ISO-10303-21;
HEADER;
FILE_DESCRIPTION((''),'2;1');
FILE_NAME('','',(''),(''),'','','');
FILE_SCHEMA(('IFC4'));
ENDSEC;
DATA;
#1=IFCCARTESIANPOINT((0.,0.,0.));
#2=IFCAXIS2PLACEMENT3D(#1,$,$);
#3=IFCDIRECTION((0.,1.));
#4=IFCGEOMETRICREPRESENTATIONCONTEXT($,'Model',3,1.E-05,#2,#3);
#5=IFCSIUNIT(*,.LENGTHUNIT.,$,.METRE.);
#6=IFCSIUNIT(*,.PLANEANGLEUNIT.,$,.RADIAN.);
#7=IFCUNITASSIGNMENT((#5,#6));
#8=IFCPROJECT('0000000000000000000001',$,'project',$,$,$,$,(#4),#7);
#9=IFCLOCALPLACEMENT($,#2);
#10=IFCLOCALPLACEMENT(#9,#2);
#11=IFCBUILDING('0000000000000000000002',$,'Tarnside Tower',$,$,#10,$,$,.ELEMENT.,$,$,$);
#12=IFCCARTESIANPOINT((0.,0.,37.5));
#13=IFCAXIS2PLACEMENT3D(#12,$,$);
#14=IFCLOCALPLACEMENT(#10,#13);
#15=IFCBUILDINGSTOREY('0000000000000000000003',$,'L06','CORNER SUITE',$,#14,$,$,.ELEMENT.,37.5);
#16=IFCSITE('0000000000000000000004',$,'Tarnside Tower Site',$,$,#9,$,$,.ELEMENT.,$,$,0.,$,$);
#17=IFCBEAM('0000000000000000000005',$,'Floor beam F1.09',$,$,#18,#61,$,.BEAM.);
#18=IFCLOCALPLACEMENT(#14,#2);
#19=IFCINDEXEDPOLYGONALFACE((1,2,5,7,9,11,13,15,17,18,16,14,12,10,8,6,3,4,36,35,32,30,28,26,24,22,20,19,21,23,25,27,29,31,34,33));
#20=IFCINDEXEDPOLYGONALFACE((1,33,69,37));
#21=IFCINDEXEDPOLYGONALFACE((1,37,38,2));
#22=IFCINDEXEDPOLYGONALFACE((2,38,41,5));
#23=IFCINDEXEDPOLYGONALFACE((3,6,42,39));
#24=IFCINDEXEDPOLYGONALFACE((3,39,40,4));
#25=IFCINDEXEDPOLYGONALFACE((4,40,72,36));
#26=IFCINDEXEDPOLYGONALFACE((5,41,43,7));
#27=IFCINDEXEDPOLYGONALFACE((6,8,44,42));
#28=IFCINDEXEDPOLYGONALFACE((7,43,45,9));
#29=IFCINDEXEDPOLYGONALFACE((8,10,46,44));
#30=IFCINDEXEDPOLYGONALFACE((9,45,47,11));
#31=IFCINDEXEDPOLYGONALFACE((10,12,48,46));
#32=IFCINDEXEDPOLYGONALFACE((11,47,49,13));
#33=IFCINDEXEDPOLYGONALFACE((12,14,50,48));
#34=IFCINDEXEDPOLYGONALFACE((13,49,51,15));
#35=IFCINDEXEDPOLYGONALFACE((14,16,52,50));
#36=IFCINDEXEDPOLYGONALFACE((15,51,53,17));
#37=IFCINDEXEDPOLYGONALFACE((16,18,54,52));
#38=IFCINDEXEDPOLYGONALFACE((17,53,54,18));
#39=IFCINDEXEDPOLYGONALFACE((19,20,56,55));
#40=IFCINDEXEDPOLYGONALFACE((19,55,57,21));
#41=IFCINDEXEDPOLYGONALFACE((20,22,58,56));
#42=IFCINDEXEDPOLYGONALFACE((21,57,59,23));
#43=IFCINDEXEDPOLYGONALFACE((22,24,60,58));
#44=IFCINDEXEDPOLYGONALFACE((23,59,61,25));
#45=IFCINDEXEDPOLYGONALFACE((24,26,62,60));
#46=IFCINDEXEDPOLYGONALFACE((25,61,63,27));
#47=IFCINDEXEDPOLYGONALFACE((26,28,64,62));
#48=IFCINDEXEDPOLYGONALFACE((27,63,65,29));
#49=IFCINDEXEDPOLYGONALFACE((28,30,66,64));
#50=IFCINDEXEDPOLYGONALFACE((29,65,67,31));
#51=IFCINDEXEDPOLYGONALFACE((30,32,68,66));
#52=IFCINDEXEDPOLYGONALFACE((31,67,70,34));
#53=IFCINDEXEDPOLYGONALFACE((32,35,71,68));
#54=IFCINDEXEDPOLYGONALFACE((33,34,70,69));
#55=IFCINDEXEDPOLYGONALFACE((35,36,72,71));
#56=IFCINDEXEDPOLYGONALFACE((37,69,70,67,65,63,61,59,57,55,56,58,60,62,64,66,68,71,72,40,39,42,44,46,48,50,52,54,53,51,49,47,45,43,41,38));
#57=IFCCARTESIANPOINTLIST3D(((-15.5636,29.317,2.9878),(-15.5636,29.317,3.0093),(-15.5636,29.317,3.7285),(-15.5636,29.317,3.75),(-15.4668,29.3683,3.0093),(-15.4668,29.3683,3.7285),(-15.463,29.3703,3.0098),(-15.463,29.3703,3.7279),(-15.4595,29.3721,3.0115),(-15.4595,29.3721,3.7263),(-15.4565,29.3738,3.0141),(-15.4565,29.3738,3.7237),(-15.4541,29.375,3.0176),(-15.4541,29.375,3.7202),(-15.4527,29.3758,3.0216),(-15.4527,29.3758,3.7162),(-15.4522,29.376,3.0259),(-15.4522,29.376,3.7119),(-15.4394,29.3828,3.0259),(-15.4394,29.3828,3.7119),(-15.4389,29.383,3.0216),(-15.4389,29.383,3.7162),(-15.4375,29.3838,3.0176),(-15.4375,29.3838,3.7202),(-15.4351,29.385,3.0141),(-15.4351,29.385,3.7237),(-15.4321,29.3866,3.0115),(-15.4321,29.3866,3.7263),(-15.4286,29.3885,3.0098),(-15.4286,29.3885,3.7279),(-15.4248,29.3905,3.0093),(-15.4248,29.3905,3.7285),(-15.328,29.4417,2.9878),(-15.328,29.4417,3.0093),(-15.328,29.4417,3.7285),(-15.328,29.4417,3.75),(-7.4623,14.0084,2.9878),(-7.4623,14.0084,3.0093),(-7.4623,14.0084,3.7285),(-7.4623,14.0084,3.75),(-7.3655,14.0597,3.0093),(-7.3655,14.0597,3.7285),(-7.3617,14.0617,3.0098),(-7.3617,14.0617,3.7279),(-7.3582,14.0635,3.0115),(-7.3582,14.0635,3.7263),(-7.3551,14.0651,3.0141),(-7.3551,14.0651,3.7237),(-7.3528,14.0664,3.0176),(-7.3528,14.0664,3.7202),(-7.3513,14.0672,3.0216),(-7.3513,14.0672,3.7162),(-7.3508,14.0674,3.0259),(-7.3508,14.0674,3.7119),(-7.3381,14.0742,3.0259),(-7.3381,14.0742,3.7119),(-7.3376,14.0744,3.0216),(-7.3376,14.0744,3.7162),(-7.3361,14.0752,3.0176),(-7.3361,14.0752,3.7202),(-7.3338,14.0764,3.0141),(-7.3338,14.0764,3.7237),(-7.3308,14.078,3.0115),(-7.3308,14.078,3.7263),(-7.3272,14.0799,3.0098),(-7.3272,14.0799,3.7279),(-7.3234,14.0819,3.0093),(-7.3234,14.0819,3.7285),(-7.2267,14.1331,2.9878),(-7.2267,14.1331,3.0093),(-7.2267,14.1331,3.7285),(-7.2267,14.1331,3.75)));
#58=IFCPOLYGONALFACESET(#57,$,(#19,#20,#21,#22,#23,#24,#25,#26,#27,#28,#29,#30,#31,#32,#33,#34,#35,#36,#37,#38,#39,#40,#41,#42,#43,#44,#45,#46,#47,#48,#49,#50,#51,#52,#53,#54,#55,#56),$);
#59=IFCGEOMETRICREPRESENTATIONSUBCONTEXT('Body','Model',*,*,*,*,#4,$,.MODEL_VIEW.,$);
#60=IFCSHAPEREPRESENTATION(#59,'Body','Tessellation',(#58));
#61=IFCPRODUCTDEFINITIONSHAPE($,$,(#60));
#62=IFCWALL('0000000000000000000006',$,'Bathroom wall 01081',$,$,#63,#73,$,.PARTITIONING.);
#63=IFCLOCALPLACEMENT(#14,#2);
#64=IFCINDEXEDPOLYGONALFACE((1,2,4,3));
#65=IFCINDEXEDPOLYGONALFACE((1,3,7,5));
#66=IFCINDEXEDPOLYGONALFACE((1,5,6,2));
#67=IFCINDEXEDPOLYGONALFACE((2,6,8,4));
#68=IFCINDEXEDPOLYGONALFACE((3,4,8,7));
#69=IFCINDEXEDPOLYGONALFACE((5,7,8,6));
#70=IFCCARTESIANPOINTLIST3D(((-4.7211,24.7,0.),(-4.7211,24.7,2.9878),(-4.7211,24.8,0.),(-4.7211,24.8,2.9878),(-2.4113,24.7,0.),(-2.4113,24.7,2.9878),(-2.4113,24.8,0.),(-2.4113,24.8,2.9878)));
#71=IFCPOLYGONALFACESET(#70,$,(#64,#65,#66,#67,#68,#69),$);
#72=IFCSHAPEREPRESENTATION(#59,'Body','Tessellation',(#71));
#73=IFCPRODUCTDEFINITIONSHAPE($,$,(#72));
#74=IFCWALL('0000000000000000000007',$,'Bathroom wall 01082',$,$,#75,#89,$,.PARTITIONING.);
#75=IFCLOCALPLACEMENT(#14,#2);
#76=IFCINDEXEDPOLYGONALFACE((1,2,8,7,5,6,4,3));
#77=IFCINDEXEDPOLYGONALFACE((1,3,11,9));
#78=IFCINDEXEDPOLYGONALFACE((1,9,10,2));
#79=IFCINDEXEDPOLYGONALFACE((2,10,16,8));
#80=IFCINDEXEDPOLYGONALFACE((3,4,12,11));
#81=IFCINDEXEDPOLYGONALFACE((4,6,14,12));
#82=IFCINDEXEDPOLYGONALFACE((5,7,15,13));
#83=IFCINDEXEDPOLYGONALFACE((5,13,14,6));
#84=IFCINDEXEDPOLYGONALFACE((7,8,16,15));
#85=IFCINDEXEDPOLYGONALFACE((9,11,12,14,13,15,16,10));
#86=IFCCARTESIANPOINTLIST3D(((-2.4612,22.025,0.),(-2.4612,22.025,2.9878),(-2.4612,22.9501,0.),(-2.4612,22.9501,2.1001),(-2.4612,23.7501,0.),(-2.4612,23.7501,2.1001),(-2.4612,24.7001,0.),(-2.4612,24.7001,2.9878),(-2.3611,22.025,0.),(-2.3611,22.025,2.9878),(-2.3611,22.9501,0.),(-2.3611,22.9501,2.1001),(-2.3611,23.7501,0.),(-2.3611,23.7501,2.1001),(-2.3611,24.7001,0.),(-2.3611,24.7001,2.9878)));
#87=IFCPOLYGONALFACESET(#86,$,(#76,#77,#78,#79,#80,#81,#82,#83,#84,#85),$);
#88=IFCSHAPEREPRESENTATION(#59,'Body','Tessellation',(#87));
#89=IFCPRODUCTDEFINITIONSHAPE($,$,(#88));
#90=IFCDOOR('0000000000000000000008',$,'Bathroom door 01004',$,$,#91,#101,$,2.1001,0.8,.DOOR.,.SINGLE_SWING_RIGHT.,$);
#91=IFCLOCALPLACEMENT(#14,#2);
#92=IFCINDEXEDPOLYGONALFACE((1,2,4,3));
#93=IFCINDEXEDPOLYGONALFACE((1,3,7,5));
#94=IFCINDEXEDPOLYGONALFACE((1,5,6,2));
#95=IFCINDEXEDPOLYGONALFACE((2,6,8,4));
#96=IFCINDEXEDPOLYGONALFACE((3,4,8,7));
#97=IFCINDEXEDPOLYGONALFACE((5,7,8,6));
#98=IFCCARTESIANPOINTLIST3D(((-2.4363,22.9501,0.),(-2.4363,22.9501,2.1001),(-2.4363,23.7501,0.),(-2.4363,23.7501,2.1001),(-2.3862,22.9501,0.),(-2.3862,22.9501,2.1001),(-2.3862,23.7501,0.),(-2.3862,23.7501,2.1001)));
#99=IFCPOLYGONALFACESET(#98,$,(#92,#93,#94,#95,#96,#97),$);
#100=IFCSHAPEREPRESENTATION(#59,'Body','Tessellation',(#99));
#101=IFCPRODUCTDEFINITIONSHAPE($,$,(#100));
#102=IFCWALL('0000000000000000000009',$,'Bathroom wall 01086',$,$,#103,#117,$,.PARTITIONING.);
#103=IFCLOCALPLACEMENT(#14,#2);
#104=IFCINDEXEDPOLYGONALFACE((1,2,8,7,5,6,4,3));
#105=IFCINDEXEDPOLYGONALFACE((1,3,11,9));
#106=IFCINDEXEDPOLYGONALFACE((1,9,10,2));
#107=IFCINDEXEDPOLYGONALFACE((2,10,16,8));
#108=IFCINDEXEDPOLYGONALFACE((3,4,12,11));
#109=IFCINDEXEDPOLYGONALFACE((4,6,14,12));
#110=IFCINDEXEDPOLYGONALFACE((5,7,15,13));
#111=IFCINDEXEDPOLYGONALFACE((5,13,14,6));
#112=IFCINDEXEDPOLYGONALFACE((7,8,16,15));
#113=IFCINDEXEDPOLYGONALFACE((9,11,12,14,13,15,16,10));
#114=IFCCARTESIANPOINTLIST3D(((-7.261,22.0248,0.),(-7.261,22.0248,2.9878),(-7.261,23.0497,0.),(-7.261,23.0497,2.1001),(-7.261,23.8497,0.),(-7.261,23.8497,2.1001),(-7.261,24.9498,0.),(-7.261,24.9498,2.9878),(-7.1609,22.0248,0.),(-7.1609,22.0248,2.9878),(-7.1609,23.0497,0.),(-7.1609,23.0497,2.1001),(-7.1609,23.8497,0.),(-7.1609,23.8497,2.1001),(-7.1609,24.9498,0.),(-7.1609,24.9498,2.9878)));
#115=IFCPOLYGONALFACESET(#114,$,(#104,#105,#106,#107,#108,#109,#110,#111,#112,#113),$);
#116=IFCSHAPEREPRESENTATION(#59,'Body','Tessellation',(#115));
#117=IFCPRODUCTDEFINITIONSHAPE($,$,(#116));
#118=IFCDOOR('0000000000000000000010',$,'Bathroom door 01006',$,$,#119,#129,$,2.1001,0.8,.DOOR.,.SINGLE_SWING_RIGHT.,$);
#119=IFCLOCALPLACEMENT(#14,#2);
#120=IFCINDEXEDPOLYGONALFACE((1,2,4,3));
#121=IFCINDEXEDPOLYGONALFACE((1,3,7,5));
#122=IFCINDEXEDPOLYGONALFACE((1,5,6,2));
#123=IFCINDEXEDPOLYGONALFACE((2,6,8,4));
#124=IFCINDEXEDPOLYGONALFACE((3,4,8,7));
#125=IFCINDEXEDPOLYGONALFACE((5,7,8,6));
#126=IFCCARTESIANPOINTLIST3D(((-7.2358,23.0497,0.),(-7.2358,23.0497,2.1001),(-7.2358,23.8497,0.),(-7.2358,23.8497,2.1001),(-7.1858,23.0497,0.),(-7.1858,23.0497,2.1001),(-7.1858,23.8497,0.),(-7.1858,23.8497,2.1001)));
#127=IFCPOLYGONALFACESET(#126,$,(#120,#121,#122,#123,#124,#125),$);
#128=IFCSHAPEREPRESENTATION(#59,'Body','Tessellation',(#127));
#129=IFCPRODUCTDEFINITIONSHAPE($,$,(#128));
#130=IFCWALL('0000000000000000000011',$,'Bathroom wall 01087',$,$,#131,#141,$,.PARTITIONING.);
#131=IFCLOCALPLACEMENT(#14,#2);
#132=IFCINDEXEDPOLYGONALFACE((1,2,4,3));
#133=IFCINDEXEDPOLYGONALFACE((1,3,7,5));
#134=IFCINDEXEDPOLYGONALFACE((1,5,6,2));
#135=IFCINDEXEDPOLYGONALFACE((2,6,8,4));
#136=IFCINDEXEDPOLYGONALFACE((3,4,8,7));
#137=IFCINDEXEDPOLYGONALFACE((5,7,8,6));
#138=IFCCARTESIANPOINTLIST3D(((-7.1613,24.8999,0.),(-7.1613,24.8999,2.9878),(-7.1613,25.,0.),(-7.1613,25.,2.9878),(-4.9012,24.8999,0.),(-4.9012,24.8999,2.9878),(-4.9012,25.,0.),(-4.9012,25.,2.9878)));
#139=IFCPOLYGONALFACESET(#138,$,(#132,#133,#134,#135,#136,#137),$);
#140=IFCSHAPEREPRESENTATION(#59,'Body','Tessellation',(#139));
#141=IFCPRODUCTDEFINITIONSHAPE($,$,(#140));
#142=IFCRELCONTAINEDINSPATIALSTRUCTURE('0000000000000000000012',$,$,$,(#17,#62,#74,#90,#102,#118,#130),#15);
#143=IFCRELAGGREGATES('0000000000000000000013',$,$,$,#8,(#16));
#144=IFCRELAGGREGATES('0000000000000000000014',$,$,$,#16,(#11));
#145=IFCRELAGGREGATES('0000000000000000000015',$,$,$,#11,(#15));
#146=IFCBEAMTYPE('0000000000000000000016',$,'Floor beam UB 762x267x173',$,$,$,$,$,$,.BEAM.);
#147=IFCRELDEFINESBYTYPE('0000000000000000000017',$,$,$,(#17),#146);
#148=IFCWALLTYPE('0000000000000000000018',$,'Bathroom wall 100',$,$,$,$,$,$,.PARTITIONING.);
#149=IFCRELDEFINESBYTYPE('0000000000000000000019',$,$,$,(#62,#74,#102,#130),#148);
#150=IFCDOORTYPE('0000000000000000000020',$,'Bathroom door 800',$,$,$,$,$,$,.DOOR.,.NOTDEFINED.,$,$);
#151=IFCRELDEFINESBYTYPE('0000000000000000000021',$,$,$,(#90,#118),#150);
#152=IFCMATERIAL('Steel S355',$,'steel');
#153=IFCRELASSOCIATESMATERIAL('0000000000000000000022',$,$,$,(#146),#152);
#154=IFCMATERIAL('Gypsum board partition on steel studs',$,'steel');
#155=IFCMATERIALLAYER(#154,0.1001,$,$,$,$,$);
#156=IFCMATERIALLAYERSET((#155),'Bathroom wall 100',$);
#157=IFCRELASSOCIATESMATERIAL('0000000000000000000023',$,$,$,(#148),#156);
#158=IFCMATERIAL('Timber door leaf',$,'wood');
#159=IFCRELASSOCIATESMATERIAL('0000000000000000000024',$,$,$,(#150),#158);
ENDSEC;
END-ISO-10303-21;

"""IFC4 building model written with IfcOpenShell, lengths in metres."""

from ifc_helpers import new_model, si_unit, direction, frame, frame_2d, origin, origin_2d, place, context, subcontext, project, spatial, rectangle, i_section, extrude, material, layer, layer_set, material_profile, profile_set, type_object, element, fill, save


model = new_model("IFC4")

# Units and contexts
model_context = context("Model", 3, precision=1e-05, world=origin(), true_north=direction((0.0, 1.0)))
body_context = subcontext(model_context, "Body", "Model", "MODEL_VIEW")
ifc_project = project(units=[si_unit("LENGTHUNIT", "METRE"), si_unit("PLANEANGLEUNIT", "RADIAN")], contexts=[model_context])

# Site, building, storey
site_placement = place(None, origin())
site = spatial("IfcSite", under=ifc_project, at=site_placement, Name="Tarnside Tower Site", CompositionType="ELEMENT", RefElevation=0.0)
building_placement = place(site_placement, origin())
building = spatial("IfcBuilding", under=site, at=building_placement, Name="Tarnside Tower", CompositionType="ELEMENT")
storey_placement = place(building_placement, frame((0.0, 0.0, 37.5)))
storey = spatial("IfcBuildingStorey", under=building, at=storey_placement, Name="L06", Description="CORNER SUITE", CompositionType="ELEMENT", Elevation=37.5)

# Beam
ifc_material_1 = material(Name="Steel S355", Category="steel")
ifc_material_profile_1 = material_profile(ifc_material_1, i_section(OverallWidth=0.2666, OverallDepth=0.7622, WebThickness=0.0144, FlangeThickness=0.0215, FilletRadius=0.0166, at=origin_2d()), Name="UB 762x267x173")
ifc_profile_set_1 = profile_set([ifc_material_profile_1], Name="Steel S355")
beam_type_1 = type_object("IfcBeamType", Name="Floor beam UB 762x267x173", PredefinedType="BEAM", material=ifc_profile_set_1)
beam_1_placement = place(storey_placement, frame((-15.4458, 29.3794, 3.3689), z_axis=(0.467742, -0.883865, 0.0), x_axis=(0.883865, 0.467742, 0.0)))
element("IfcBeam", 1, at=beam_1_placement, inside=storey, type_object=beam_type_1, Name="Floor beam F1.09", PredefinedType="BEAM", context=body_context, shape_type="SweptSolid", body=[
    extrude(i_section(OverallWidth=0.2666, OverallDepth=0.7622, WebThickness=0.0144, FlangeThickness=0.0215, FilletRadius=0.0166, at=origin_2d()), origin(), (0.0, 0.0, 1.0), 17.3201),
])

# Wall
ifc_material_2 = material(Name="Gypsum board partition on steel studs", Category="steel")
ifc_layer_1 = layer(ifc_material_2, 0.1001)
ifc_layer_set_1 = layer_set([ifc_layer_1], Name="Bathroom wall 100")
wall_type_1 = type_object("IfcWallType", Name="Bathroom wall 100", PredefinedType="PARTITIONING", material=ifc_layer_set_1)
wall_1_placement = place(storey_placement, frame((-4.7209, 24.75, 0.0), z_axis=(0.0, 0.0, 1.0), x_axis=(1.0, 0.0, 0.0)))
element("IfcWall", 2, at=wall_1_placement, inside=storey, type_object=wall_type_1, Name="Bathroom wall 01081", PredefinedType="PARTITIONING", context=body_context, shape_type="SweptSolid", body=[
    extrude(rectangle(XDim=2.3098, YDim=0.1001, at=frame_2d((1.1548, 0.0))), origin(), (0.0, 0.0, 1.0), 2.9878),
])

# Walls, openings, doors
wall_2_placement = place(storey_placement, frame((-2.4111, 24.7, 0.0), z_axis=(0.0, 0.0, 1.0), x_axis=(0.0, -1.0, 0.0)))
wall_2 = element("IfcWall", 3, at=wall_2_placement, inside=storey, type_object=wall_type_1, Name="Bathroom wall 01082", PredefinedType="PARTITIONING", context=body_context, shape_type="SweptSolid", body=[
    extrude(rectangle(XDim=2.675, YDim=0.1001, at=frame_2d((1.3374, 0.0))), origin(), (0.0, 0.0, 1.0), 2.9878),
])
opening_1_placement = place(wall_2_placement, frame((0.95, 0.0, 0.0)))
opening_1 = element("IfcOpeningElement", 4, at=opening_1_placement, cuts=wall_2, PredefinedType="OPENING", context=body_context, shape_type="SweptSolid", body=[
    extrude(rectangle(XDim=0.8, YDim=2.1001, at=frame_2d((0.3999, 1.05))), frame((0.0, 0.0601, 0.0), z_axis=(0.0, -1.0, 0.0), x_axis=(1.0, 0.0, 0.0)), (0.0, 0.0, 1.0), 0.1201),
])
ifc_material_3 = material(Name="Timber door leaf", Category="wood")
door_type_1 = type_object("IfcDoorType", Name="Bathroom door 800", OperationType="NOTDEFINED", PredefinedType="DOOR", material=ifc_material_3)
door_1_placement = place(opening_1_placement, origin())
door_1 = element("IfcDoor", 5, at=door_1_placement, inside=storey, type_object=door_type_1, Name="Bathroom door 01004", OperationType="SINGLE_SWING_RIGHT", OverallHeight=2.1001, OverallWidth=0.8, PredefinedType="DOOR", context=body_context, shape_type="SweptSolid", body=[
    extrude(rectangle(XDim=0.8, YDim=2.1001, at=frame_2d((0.3999, 1.05))), frame((0.0, 0.0249, 0.0), z_axis=(0.0, -1.0, 0.0), x_axis=(1.0, 0.0, 0.0)), (0.0, 0.0, 1.0), 0.05),
])
fill(opening_1, door_1)
wall_3_placement = place(storey_placement, frame((-7.2109, 22.0249, 0.0), z_axis=(0.0, 0.0, 1.0), x_axis=(0.0, 1.0, 0.0)))
wall_3 = element("IfcWall", 6, at=wall_3_placement, inside=storey, type_object=wall_type_1, Name="Bathroom wall 01086", PredefinedType="PARTITIONING", context=body_context, shape_type="SweptSolid", body=[
    extrude(rectangle(XDim=2.925, YDim=0.1001, at=frame_2d((1.4624, 0.0))), origin(), (0.0, 0.0, 1.0), 2.9878),
])
opening_2_placement = place(wall_3_placement, frame((1.0249, 0.0, 0.0)))
opening_2 = element("IfcOpeningElement", 7, at=opening_2_placement, cuts=wall_3, PredefinedType="OPENING", context=body_context, shape_type="SweptSolid", body=[
    extrude(rectangle(XDim=0.8, YDim=2.1001, at=frame_2d((0.3999, 1.05))), frame((0.0, 0.0601, 0.0), z_axis=(0.0, -1.0, 0.0), x_axis=(1.0, 0.0, 0.0)), (0.0, 0.0, 1.0), 0.1201),
])
door_2_placement = place(opening_2_placement, origin())
door_2 = element("IfcDoor", 8, at=door_2_placement, inside=storey, type_object=door_type_1, Name="Bathroom door 01006", OperationType="SINGLE_SWING_RIGHT", OverallHeight=2.1001, OverallWidth=0.8, PredefinedType="DOOR", context=body_context, shape_type="SweptSolid", body=[
    extrude(rectangle(XDim=0.8, YDim=2.1001, at=frame_2d((0.3999, 1.05))), frame((0.0, 0.0249, 0.0), z_axis=(0.0, -1.0, 0.0), x_axis=(1.0, 0.0, 0.0)), (0.0, 0.0, 1.0), 0.05),
])
fill(opening_2, door_2)

# Wall
wall_4_placement = place(storey_placement, frame((-7.1611, 24.95, 0.0), z_axis=(0.0, 0.0, 1.0), x_axis=(1.0, 0.0, 0.0)))
element("IfcWall", 9, at=wall_4_placement, inside=storey, type_object=wall_type_1, Name="Bathroom wall 01087", PredefinedType="PARTITIONING", context=body_context, shape_type="SweptSolid", body=[
    extrude(rectangle(XDim=2.26, YDim=0.1001, at=frame_2d((1.1299, 0.0))), origin(), (0.0, 0.0, 1.0), 2.9878),
])

save(model, "model.ifc")
